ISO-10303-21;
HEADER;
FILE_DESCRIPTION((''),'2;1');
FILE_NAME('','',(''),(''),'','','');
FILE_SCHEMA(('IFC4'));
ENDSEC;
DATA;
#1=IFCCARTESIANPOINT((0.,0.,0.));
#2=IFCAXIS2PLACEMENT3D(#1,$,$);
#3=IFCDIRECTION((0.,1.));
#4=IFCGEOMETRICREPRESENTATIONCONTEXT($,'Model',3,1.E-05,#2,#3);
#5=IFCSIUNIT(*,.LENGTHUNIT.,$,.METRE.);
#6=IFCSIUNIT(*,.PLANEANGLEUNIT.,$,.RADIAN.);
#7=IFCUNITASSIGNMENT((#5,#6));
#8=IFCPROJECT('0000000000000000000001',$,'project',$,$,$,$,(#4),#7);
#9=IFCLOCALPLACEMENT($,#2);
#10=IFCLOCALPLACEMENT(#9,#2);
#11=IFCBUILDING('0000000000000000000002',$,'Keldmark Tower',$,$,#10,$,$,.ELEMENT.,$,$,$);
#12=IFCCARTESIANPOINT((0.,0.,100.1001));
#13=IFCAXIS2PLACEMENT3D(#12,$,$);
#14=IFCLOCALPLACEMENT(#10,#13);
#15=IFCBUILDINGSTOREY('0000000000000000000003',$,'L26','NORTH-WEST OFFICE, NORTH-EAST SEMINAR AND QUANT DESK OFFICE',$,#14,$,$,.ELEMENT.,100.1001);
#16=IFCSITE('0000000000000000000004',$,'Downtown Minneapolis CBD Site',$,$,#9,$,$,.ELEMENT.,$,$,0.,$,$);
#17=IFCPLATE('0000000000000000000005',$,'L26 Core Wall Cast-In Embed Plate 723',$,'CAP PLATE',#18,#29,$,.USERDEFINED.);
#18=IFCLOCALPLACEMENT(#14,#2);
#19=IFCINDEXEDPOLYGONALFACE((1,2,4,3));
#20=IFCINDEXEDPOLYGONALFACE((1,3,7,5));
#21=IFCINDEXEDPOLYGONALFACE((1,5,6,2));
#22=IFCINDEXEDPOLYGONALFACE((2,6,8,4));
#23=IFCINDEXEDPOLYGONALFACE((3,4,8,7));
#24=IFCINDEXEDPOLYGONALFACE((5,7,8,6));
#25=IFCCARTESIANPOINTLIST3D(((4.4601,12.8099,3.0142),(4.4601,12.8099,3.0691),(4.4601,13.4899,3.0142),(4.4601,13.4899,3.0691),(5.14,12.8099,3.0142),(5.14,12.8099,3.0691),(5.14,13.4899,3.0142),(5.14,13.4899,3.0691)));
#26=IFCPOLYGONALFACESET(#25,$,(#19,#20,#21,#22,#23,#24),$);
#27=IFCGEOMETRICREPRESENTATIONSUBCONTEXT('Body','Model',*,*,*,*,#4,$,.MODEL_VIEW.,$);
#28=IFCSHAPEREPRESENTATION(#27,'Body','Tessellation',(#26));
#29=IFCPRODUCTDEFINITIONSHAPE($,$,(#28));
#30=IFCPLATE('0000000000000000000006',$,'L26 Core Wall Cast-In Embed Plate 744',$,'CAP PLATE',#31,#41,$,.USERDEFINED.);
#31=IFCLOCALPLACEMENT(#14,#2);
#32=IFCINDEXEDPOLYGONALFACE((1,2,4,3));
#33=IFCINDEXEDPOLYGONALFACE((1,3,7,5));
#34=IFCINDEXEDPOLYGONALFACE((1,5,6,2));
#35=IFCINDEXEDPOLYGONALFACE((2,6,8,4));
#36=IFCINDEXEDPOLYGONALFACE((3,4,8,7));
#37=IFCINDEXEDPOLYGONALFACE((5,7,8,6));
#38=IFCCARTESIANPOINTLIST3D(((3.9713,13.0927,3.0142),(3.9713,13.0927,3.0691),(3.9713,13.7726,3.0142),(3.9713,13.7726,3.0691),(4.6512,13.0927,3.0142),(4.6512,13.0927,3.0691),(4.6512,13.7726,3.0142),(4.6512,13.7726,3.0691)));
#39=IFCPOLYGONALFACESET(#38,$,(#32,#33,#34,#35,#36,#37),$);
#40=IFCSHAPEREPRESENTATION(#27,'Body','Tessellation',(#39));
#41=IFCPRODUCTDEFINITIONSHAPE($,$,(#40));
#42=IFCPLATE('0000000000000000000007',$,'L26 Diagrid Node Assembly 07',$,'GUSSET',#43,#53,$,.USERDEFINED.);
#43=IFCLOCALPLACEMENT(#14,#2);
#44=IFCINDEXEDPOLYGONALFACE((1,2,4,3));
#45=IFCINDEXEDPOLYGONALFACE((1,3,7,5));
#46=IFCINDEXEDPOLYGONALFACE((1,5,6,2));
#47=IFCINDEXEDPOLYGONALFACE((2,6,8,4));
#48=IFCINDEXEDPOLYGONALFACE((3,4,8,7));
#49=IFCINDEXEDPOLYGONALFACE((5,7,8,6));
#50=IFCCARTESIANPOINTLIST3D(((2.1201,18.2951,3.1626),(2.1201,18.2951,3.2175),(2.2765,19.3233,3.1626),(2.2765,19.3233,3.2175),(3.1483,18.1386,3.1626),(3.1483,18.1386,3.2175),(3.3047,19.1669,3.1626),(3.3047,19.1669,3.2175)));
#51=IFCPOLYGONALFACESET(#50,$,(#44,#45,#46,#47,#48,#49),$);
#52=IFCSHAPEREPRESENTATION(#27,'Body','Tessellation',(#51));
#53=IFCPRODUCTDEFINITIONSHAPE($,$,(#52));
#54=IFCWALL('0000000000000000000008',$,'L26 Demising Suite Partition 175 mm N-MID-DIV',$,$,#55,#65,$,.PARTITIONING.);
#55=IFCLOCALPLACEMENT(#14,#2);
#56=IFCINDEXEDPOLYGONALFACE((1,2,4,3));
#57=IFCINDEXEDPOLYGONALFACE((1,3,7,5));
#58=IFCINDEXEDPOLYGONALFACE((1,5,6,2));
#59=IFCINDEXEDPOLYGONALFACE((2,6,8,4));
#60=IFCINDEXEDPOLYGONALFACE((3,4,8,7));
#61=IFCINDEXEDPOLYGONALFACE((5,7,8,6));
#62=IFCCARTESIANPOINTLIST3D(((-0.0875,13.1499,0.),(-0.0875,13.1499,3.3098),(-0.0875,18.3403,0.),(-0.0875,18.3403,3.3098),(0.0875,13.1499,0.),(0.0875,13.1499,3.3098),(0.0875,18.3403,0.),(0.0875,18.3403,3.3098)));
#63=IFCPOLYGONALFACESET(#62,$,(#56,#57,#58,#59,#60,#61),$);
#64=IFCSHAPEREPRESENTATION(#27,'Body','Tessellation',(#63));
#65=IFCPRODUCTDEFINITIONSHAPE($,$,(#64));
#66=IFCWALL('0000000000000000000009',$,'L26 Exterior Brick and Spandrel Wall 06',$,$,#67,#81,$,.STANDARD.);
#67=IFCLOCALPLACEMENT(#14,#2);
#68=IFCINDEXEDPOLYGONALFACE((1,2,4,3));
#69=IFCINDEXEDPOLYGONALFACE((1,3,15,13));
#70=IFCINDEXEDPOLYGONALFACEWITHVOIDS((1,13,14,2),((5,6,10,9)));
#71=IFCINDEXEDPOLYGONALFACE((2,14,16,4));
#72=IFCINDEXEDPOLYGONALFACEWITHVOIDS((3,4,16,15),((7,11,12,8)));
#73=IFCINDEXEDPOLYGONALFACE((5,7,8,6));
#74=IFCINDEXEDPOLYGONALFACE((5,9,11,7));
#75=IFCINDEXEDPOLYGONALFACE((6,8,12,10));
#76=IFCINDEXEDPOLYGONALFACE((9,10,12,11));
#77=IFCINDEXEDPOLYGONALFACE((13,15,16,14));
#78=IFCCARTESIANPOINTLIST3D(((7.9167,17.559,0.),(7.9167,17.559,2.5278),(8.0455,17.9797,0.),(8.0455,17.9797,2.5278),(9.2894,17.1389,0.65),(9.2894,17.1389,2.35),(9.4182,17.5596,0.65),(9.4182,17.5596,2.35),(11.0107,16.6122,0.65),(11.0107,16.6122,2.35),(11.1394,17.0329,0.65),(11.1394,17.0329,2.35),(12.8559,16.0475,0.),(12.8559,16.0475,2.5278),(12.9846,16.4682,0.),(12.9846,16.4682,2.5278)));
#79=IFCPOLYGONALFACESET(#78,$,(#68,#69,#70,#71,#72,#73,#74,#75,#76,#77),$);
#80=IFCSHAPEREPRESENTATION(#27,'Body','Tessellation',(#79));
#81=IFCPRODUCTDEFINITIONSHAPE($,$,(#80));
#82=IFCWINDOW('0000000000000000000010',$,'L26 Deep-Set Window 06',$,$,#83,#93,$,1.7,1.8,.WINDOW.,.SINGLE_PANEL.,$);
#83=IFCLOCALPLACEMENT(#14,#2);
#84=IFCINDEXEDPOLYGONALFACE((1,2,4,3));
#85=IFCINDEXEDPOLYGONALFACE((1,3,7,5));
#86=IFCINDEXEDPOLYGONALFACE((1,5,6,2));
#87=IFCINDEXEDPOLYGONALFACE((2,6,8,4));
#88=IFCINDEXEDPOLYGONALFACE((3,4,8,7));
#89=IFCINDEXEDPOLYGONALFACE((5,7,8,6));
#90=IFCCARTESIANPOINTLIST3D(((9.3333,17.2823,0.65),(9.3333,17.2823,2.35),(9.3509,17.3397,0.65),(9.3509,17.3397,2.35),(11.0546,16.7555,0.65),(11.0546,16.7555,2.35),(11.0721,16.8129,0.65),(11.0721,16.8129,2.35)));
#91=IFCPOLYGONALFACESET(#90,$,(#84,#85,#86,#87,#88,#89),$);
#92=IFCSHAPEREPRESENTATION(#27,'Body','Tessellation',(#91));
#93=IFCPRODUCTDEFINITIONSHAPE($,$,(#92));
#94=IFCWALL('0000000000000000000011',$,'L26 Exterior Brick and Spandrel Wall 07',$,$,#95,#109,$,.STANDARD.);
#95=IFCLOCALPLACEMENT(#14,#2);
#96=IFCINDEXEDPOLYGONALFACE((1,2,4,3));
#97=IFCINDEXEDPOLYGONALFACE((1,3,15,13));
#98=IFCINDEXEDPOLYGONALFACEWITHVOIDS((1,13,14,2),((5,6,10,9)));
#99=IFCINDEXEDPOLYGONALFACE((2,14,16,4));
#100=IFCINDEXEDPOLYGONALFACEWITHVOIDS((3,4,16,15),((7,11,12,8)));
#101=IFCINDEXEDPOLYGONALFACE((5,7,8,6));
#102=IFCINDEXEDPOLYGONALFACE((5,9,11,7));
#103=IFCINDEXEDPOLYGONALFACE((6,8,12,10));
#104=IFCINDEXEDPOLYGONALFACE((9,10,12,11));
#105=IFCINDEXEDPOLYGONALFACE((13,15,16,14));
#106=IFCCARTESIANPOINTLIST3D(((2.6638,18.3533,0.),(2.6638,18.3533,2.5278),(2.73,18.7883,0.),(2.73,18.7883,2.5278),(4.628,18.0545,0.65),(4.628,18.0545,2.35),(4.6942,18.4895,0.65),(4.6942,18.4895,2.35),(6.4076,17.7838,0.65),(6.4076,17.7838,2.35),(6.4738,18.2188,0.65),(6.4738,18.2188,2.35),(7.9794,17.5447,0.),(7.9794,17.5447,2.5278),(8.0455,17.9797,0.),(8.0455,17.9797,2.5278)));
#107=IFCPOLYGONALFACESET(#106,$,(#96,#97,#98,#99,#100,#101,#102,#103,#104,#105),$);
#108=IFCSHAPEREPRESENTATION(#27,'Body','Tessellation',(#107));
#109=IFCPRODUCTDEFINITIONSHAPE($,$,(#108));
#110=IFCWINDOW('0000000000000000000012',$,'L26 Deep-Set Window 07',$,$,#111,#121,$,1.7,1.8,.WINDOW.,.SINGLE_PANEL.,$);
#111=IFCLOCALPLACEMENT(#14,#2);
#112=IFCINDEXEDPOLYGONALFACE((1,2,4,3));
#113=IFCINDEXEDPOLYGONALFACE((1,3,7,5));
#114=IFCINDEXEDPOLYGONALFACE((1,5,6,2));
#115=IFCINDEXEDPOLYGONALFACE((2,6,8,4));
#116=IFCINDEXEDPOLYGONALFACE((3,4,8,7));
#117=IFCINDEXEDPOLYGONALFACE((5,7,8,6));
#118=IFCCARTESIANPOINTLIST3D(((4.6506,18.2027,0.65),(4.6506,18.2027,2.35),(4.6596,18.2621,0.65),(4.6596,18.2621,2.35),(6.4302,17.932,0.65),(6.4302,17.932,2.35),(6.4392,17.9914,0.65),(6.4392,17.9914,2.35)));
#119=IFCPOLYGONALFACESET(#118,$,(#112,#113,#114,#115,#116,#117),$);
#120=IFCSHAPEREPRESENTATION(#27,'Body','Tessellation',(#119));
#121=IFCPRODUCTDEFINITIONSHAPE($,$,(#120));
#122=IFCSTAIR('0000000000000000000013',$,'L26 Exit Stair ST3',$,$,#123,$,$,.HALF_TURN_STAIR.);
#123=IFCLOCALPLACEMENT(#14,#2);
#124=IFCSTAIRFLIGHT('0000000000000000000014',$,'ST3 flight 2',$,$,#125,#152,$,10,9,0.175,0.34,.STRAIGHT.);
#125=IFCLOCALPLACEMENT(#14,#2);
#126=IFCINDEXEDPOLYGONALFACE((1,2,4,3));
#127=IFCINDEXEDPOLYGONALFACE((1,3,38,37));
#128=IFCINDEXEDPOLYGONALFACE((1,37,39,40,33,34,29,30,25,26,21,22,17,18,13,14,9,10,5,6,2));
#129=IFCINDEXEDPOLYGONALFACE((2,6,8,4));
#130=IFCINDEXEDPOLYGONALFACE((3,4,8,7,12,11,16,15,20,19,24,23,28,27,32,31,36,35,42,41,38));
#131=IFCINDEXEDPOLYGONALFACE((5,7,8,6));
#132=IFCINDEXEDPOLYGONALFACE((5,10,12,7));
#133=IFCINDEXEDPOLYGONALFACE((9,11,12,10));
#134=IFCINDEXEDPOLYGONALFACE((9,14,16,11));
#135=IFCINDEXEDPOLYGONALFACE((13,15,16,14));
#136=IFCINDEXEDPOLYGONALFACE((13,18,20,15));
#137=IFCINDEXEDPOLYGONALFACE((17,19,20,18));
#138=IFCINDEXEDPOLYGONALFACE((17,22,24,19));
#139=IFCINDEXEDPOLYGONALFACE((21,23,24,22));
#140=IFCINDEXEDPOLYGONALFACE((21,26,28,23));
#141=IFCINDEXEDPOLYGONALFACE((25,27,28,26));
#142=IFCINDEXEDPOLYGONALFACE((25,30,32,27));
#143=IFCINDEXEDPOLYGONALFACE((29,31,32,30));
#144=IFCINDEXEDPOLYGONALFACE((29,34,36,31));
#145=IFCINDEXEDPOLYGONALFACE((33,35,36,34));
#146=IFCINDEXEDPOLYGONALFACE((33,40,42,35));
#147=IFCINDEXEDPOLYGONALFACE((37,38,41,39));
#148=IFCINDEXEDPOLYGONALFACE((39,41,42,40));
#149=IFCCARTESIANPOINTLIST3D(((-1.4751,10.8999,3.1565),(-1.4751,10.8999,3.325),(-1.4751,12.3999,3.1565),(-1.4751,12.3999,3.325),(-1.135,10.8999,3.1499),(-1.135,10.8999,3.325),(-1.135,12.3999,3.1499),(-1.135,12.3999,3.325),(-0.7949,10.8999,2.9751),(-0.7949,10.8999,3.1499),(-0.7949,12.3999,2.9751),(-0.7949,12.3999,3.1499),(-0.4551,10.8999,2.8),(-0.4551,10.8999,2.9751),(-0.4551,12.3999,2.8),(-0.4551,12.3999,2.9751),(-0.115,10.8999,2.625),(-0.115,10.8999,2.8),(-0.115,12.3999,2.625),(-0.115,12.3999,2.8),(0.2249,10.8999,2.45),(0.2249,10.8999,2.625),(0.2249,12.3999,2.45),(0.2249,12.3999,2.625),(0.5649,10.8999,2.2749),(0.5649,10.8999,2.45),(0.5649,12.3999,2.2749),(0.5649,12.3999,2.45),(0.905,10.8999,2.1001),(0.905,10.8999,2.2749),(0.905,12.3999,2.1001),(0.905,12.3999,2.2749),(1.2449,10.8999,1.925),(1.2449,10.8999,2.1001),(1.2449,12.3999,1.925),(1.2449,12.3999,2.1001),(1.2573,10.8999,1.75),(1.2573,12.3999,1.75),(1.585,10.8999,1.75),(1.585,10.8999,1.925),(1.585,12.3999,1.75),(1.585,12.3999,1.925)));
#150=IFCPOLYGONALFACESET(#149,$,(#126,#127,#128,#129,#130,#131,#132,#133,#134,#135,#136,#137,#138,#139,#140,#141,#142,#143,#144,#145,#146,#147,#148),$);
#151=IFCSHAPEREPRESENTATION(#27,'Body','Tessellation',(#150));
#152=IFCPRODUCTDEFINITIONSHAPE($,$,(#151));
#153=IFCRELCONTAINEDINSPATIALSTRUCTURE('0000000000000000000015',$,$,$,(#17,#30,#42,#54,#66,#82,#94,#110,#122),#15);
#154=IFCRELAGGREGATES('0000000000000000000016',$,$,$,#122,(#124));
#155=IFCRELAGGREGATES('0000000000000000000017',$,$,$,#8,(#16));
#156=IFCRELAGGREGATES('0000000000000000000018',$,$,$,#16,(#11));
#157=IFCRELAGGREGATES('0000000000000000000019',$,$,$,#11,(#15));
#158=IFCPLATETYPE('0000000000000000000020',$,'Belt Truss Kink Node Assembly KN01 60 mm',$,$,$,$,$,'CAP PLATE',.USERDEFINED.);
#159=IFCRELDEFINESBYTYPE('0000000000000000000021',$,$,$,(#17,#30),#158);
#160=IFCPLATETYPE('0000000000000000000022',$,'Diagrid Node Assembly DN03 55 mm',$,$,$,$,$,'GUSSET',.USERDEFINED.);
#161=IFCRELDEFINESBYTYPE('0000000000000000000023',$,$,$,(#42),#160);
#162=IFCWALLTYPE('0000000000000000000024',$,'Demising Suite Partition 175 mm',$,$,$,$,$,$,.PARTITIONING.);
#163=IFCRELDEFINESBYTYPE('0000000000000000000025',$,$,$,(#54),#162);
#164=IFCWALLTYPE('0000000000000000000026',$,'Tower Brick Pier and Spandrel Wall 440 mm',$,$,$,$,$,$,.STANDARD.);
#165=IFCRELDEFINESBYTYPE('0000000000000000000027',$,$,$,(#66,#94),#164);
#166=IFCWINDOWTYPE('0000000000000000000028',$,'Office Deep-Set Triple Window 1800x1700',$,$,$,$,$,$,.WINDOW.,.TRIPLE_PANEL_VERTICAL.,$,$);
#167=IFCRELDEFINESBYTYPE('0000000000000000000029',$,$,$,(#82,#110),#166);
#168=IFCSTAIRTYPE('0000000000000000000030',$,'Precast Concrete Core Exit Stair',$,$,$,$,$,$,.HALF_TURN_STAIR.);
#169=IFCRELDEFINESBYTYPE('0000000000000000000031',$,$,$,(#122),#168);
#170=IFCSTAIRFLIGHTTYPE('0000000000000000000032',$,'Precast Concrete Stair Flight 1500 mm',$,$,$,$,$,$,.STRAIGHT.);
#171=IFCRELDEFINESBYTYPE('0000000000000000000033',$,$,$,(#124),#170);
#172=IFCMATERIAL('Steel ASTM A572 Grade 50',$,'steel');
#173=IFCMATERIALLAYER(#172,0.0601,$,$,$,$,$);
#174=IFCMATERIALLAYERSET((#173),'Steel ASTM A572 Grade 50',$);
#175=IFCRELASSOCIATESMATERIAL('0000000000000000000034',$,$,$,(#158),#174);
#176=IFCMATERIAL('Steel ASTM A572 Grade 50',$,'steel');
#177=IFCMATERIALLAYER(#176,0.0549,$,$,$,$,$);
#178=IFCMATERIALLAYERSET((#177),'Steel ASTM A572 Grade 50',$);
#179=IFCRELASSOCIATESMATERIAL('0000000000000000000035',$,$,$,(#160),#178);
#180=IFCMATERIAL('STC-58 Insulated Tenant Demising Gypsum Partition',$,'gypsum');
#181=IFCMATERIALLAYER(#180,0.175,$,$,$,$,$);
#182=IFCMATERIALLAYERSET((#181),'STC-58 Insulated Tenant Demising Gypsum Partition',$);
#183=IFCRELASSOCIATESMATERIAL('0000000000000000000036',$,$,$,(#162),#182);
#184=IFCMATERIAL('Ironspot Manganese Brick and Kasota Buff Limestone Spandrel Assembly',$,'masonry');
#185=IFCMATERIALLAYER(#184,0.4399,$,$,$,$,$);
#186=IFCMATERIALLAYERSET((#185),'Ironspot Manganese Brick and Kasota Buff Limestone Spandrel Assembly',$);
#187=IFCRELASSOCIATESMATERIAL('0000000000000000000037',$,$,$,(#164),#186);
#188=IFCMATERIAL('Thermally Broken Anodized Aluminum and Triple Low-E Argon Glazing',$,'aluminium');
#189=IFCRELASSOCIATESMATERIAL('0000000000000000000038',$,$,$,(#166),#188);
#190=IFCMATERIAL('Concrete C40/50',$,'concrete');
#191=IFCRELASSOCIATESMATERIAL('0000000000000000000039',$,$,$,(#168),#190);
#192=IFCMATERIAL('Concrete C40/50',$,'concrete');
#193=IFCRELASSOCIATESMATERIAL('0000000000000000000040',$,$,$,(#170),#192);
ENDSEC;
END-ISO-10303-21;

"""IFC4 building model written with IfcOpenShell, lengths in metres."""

from ifc_helpers import new_model, si_unit, direction, frame, frame_2d, origin, origin_2d, place, context, subcontext, project, spatial, polyline, rectangle, outline, extrude, material, layer, layer_set, type_object, element, fill, aggregate, save


model = new_model("IFC4")

# Units and contexts
model_context = context("Model", 3, precision=1e-05, world=origin(), true_north=direction((0.0, 1.0)))
body_context = subcontext(model_context, "Body", "Model", "MODEL_VIEW")
ifc_project = project(units=[si_unit("LENGTHUNIT", "METRE"), si_unit("PLANEANGLEUNIT", "RADIAN")], contexts=[model_context])

# Site, building, storey
site_placement = place(None, origin())
site = spatial("IfcSite", under=ifc_project, at=site_placement, Name="Downtown Minneapolis CBD Site", CompositionType="ELEMENT", RefElevation=0.0)
building_placement = place(site_placement, origin())
building = spatial("IfcBuilding", under=site, at=building_placement, Name="Keldmark Tower", CompositionType="ELEMENT")
storey_placement = place(building_placement, frame((0.0, 0.0, 100.1001)))
storey = spatial("IfcBuildingStorey", under=building, at=storey_placement, Name="L26", Description="NORTH-WEST OFFICE, NORTH-EAST SEMINAR AND QUANT DESK OFFICE", CompositionType="ELEMENT", Elevation=100.1001)

# Plates
ifc_material_1 = material(Name="Steel ASTM A572 Grade 50", Category="steel")
ifc_layer_1 = layer(ifc_material_1, 0.0601)
ifc_layer_set_1 = layer_set([ifc_layer_1], Name="Steel ASTM A572 Grade 50")
plate_type_1 = type_object("IfcPlateType", Name="Belt Truss Kink Node Assembly KN01 60 mm", ElementType="CAP PLATE", PredefinedType="USERDEFINED", material=ifc_layer_set_1)
for number, where, z_axis, x_axis, name in (
    (1, (4.8, 13.1499, 3.0142), (0.0, 0.0, 1.0), (1.0, 0.0, 0.0), "L26 Core Wall Cast-In Embed Plate 723"),
    (2, (4.3113, 13.4326, 3.0142), (0.0, 0.0, 1.0), (1.0, 0.0, 0.0), "L26 Core Wall Cast-In Embed Plate 744"),
):
    element("IfcPlate", number, at=place(storey_placement, frame(where, z_axis=z_axis, x_axis=x_axis)), inside=storey, type_object=plate_type_1, Name=name, ObjectType="CAP PLATE", PredefinedType="USERDEFINED", context=body_context, shape_type="SweptSolid", body=[
        extrude(rectangle(XDim=0.6799, YDim=0.6799, at=origin_2d()), origin(), (0.0, 0.0, 1.0), 0.0549),
    ])
ifc_material_2 = material(Name="Steel ASTM A572 Grade 50", Category="steel")
ifc_layer_2 = layer(ifc_material_2, 0.0549)
ifc_layer_set_2 = layer_set([ifc_layer_2], Name="Steel ASTM A572 Grade 50")
plate_type_2 = type_object("IfcPlateType", Name="Diagrid Node Assembly DN03 55 mm", ElementType="GUSSET", PredefinedType="USERDEFINED", material=ifc_layer_set_2)
plate_placement = place(storey_placement, frame((2.7124, 18.731, 3.1626), z_axis=(0.0, 0.0, 1.0), x_axis=(-0.988626, 0.150398, 0.0)))
element("IfcPlate", 3, at=plate_placement, inside=storey, type_object=plate_type_2, Name="L26 Diagrid Node Assembly 07", ObjectType="GUSSET", PredefinedType="USERDEFINED", context=body_context, shape_type="SweptSolid", body=[
    extrude(rectangle(XDim=1.04, YDim=1.04, at=origin_2d()), origin(), (0.0, 0.0, 1.0), 0.0549),
])

# Wall
ifc_material_3 = material(Name="STC-58 Insulated Tenant Demising Gypsum Partition", Category="gypsum")
ifc_layer_3 = layer(ifc_material_3, 0.175)
ifc_layer_set_3 = layer_set([ifc_layer_3], Name="STC-58 Insulated Tenant Demising Gypsum Partition")
wall_type_1 = type_object("IfcWallType", Name="Demising Suite Partition 175 mm", PredefinedType="PARTITIONING", material=ifc_layer_set_3)
wall_1_placement = place(storey_placement, frame((0.0, 13.1499, 0.0), z_axis=(0.0, 0.0, 1.0), x_axis=(0.0, 1.0, 0.0)))
element("IfcWall", 4, at=wall_1_placement, inside=storey, type_object=wall_type_1, Name="L26 Demising Suite Partition 175 mm N-MID-DIV", PredefinedType="PARTITIONING", context=body_context, shape_type="SweptSolid", body=[
    extrude(rectangle(XDim=5.1904, YDim=0.175, at=frame_2d((2.5952, 0.0))), origin(), (0.0, 0.0, 1.0), 3.3098),
])

# Walls, openings, windows
ifc_material_4 = material(Name="Ironspot Manganese Brick and Kasota Buff Limestone Spandrel Assembly", Category="masonry")
ifc_layer_4 = layer(ifc_material_4, 0.4399)
ifc_layer_set_4 = layer_set([ifc_layer_4], Name="Ironspot Manganese Brick and Kasota Buff Limestone Spandrel Assembly")
wall_type_2 = type_object("IfcWallType", Name="Tower Brick Pier and Spandrel Wall 440 mm", PredefinedType="STANDARD", material=ifc_layer_set_4)
wall_2_placement = place(storey_placement, frame((7.9812, 17.7693, 0.0), z_axis=(0.0, 0.0, 1.0), x_axis=(0.956229, -0.292621, 0.0)))
wall_2 = element("IfcWall", 5, at=wall_2_placement, inside=storey, type_object=wall_type_2, Name="L26 Exterior Brick and Spandrel Wall 06", PredefinedType="STANDARD", context=body_context, shape_type="SweptSolid", body=[
    extrude(rectangle(XDim=5.1653, YDim=0.4399, at=frame_2d((2.5825, 0.0))), origin(), (0.0, 0.0, 1.0), 2.5278),
])
opening_1_placement = place(wall_2_placement, frame((1.4355, 0.0, 0.6499)))
opening_1 = element("IfcOpeningElement", 6, at=opening_1_placement, cuts=wall_2, PredefinedType="OPENING", context=body_context, shape_type="SweptSolid", body=[
    extrude(rectangle(XDim=1.8, YDim=1.7, at=frame_2d((0.8999, 0.8501))), frame((0.0, 0.23, 0.0), z_axis=(0.0, -1.0, 0.0), x_axis=(1.0, 0.0, 0.0)), (0.0, 0.0, 1.0), 0.46),
])
ifc_material_5 = material(Name="Thermally Broken Anodized Aluminum and Triple Low-E Argon Glazing", Category="aluminium")
window_type = type_object("IfcWindowType", Name="Office Deep-Set Triple Window 1800x1700", PartitioningType="TRIPLE_PANEL_VERTICAL", PredefinedType="WINDOW", material=ifc_material_5)
window_1_placement = place(opening_1_placement, origin())
window_1 = element("IfcWindow", 7, at=window_1_placement, inside=storey, type_object=window_type, Name="L26 Deep-Set Window 06", OverallHeight=1.7, OverallWidth=1.8, PartitioningType="SINGLE_PANEL", PredefinedType="WINDOW", context=body_context, shape_type="SweptSolid", body=[
    extrude(rectangle(XDim=1.8, YDim=1.7, at=frame_2d((0.8999, 0.8501))), frame((0.0, -0.01, 0.0), z_axis=(0.0, -1.0, 0.0), x_axis=(1.0, 0.0, 0.0)), (0.0, 0.0, 1.0), 0.0601),
])
fill(opening_1, window_1)
wall_3_placement = place(storey_placement, frame((2.6968, 18.5708, 0.0), z_axis=(0.0, 0.0, 1.0), x_axis=(0.988627, -0.150385, 0.0)))
wall_3 = element("IfcWall", 8, at=wall_3_placement, inside=storey, type_object=wall_type_2, Name="L26 Exterior Brick and Spandrel Wall 07", PredefinedType="STANDARD", context=body_context, shape_type="SweptSolid", body=[
    extrude(rectangle(XDim=5.3767, YDim=0.4399, at=frame_2d((2.6885, 0.0))), origin(), (0.0, 0.0, 1.0), 2.5278),
])
opening_2_placement = place(wall_3_placement, frame((1.9871, 0.0, 0.6499)))
opening_2 = element("IfcOpeningElement", 9, at=opening_2_placement, cuts=wall_3, PredefinedType="OPENING", context=body_context, shape_type="SweptSolid", body=[
    extrude(rectangle(XDim=1.8, YDim=1.7, at=frame_2d((0.8999, 0.8501))), frame((0.0, 0.23, 0.0), z_axis=(0.0, -1.0, 0.0), x_axis=(1.0, 0.0, 0.0)), (0.0, 0.0, 1.0), 0.46),
])
window_2_placement = place(opening_2_placement, origin())
window_2 = element("IfcWindow", 10, at=window_2_placement, inside=storey, type_object=window_type, Name="L26 Deep-Set Window 07", OverallHeight=1.7, OverallWidth=1.8, PartitioningType="SINGLE_PANEL", PredefinedType="WINDOW", context=body_context, shape_type="SweptSolid", body=[
    extrude(rectangle(XDim=1.8, YDim=1.7, at=frame_2d((0.8999, 0.8501))), frame((0.0, -0.01, 0.0), z_axis=(0.0, -1.0, 0.0), x_axis=(1.0, 0.0, 0.0)), (0.0, 0.0, 1.0), 0.0601),
])
fill(opening_2, window_2)

# Stair, stair flight
ifc_material_6 = material(Name="Concrete C40/50", Category="concrete")
stair_type = type_object("IfcStairType", Name="Precast Concrete Core Exit Stair", PredefinedType="HALF_TURN_STAIR", material=ifc_material_6)
stair_placement = place(storey_placement, origin())
stair = element("IfcStair", 11, at=stair_placement, inside=storey, type_object=stair_type, Name="L26 Exit Stair ST3", PredefinedType="HALF_TURN_STAIR")
ifc_material_7 = material(Name="Concrete C40/50", Category="concrete")
stair_flight_type = type_object("IfcStairFlightType", Name="Precast Concrete Stair Flight 1500 mm", PredefinedType="STRAIGHT", material=ifc_material_7)
stair_flight_placement = place(storey_placement, frame((1.585, 11.6499, 1.75), z_axis=(0.0, 0.0, 1.0), x_axis=(-1.0, 0.0, 0.0)))
stair_flight = element("IfcStairFlight", 12, at=stair_flight_placement, type_object=stair_flight_type, Name="ST3 flight 2", NumberOfRisers=10, NumberOfTreads=9, PredefinedType="STRAIGHT", RiserHeight=0.175, TreadLength=0.34, context=body_context, shape_type="SweptSolid", body=[
    extrude(outline(polyline([(0.0, 0.0), (0.0, 0.175), (0.3401, 0.175), (0.3401, 0.3501), (0.6799, 0.3501), (0.6799, 0.5249), (1.02, 0.5249), (1.02, 0.7), (1.3601, 0.7), (1.3601, 0.875), (1.7, 0.875), (1.7, 1.05), (2.04, 1.05), (2.04, 1.2251), (2.3799, 1.2251), (2.3799, 1.3999), (2.72, 1.3999), (2.72, 1.575), (3.0601, 1.575), (3.0601, 1.75), (3.0601, 1.4065), (0.3276, 0.0), (0.0, 0.0)])), frame((0.0, 0.75, 0.0), z_axis=(0.0, -1.0, 0.0), x_axis=(1.0, 0.0, 0.0)), (0.0, 0.0, 1.0), 1.5),
])
aggregate(stair, [stair_flight])

save(model, "model.ifc")
